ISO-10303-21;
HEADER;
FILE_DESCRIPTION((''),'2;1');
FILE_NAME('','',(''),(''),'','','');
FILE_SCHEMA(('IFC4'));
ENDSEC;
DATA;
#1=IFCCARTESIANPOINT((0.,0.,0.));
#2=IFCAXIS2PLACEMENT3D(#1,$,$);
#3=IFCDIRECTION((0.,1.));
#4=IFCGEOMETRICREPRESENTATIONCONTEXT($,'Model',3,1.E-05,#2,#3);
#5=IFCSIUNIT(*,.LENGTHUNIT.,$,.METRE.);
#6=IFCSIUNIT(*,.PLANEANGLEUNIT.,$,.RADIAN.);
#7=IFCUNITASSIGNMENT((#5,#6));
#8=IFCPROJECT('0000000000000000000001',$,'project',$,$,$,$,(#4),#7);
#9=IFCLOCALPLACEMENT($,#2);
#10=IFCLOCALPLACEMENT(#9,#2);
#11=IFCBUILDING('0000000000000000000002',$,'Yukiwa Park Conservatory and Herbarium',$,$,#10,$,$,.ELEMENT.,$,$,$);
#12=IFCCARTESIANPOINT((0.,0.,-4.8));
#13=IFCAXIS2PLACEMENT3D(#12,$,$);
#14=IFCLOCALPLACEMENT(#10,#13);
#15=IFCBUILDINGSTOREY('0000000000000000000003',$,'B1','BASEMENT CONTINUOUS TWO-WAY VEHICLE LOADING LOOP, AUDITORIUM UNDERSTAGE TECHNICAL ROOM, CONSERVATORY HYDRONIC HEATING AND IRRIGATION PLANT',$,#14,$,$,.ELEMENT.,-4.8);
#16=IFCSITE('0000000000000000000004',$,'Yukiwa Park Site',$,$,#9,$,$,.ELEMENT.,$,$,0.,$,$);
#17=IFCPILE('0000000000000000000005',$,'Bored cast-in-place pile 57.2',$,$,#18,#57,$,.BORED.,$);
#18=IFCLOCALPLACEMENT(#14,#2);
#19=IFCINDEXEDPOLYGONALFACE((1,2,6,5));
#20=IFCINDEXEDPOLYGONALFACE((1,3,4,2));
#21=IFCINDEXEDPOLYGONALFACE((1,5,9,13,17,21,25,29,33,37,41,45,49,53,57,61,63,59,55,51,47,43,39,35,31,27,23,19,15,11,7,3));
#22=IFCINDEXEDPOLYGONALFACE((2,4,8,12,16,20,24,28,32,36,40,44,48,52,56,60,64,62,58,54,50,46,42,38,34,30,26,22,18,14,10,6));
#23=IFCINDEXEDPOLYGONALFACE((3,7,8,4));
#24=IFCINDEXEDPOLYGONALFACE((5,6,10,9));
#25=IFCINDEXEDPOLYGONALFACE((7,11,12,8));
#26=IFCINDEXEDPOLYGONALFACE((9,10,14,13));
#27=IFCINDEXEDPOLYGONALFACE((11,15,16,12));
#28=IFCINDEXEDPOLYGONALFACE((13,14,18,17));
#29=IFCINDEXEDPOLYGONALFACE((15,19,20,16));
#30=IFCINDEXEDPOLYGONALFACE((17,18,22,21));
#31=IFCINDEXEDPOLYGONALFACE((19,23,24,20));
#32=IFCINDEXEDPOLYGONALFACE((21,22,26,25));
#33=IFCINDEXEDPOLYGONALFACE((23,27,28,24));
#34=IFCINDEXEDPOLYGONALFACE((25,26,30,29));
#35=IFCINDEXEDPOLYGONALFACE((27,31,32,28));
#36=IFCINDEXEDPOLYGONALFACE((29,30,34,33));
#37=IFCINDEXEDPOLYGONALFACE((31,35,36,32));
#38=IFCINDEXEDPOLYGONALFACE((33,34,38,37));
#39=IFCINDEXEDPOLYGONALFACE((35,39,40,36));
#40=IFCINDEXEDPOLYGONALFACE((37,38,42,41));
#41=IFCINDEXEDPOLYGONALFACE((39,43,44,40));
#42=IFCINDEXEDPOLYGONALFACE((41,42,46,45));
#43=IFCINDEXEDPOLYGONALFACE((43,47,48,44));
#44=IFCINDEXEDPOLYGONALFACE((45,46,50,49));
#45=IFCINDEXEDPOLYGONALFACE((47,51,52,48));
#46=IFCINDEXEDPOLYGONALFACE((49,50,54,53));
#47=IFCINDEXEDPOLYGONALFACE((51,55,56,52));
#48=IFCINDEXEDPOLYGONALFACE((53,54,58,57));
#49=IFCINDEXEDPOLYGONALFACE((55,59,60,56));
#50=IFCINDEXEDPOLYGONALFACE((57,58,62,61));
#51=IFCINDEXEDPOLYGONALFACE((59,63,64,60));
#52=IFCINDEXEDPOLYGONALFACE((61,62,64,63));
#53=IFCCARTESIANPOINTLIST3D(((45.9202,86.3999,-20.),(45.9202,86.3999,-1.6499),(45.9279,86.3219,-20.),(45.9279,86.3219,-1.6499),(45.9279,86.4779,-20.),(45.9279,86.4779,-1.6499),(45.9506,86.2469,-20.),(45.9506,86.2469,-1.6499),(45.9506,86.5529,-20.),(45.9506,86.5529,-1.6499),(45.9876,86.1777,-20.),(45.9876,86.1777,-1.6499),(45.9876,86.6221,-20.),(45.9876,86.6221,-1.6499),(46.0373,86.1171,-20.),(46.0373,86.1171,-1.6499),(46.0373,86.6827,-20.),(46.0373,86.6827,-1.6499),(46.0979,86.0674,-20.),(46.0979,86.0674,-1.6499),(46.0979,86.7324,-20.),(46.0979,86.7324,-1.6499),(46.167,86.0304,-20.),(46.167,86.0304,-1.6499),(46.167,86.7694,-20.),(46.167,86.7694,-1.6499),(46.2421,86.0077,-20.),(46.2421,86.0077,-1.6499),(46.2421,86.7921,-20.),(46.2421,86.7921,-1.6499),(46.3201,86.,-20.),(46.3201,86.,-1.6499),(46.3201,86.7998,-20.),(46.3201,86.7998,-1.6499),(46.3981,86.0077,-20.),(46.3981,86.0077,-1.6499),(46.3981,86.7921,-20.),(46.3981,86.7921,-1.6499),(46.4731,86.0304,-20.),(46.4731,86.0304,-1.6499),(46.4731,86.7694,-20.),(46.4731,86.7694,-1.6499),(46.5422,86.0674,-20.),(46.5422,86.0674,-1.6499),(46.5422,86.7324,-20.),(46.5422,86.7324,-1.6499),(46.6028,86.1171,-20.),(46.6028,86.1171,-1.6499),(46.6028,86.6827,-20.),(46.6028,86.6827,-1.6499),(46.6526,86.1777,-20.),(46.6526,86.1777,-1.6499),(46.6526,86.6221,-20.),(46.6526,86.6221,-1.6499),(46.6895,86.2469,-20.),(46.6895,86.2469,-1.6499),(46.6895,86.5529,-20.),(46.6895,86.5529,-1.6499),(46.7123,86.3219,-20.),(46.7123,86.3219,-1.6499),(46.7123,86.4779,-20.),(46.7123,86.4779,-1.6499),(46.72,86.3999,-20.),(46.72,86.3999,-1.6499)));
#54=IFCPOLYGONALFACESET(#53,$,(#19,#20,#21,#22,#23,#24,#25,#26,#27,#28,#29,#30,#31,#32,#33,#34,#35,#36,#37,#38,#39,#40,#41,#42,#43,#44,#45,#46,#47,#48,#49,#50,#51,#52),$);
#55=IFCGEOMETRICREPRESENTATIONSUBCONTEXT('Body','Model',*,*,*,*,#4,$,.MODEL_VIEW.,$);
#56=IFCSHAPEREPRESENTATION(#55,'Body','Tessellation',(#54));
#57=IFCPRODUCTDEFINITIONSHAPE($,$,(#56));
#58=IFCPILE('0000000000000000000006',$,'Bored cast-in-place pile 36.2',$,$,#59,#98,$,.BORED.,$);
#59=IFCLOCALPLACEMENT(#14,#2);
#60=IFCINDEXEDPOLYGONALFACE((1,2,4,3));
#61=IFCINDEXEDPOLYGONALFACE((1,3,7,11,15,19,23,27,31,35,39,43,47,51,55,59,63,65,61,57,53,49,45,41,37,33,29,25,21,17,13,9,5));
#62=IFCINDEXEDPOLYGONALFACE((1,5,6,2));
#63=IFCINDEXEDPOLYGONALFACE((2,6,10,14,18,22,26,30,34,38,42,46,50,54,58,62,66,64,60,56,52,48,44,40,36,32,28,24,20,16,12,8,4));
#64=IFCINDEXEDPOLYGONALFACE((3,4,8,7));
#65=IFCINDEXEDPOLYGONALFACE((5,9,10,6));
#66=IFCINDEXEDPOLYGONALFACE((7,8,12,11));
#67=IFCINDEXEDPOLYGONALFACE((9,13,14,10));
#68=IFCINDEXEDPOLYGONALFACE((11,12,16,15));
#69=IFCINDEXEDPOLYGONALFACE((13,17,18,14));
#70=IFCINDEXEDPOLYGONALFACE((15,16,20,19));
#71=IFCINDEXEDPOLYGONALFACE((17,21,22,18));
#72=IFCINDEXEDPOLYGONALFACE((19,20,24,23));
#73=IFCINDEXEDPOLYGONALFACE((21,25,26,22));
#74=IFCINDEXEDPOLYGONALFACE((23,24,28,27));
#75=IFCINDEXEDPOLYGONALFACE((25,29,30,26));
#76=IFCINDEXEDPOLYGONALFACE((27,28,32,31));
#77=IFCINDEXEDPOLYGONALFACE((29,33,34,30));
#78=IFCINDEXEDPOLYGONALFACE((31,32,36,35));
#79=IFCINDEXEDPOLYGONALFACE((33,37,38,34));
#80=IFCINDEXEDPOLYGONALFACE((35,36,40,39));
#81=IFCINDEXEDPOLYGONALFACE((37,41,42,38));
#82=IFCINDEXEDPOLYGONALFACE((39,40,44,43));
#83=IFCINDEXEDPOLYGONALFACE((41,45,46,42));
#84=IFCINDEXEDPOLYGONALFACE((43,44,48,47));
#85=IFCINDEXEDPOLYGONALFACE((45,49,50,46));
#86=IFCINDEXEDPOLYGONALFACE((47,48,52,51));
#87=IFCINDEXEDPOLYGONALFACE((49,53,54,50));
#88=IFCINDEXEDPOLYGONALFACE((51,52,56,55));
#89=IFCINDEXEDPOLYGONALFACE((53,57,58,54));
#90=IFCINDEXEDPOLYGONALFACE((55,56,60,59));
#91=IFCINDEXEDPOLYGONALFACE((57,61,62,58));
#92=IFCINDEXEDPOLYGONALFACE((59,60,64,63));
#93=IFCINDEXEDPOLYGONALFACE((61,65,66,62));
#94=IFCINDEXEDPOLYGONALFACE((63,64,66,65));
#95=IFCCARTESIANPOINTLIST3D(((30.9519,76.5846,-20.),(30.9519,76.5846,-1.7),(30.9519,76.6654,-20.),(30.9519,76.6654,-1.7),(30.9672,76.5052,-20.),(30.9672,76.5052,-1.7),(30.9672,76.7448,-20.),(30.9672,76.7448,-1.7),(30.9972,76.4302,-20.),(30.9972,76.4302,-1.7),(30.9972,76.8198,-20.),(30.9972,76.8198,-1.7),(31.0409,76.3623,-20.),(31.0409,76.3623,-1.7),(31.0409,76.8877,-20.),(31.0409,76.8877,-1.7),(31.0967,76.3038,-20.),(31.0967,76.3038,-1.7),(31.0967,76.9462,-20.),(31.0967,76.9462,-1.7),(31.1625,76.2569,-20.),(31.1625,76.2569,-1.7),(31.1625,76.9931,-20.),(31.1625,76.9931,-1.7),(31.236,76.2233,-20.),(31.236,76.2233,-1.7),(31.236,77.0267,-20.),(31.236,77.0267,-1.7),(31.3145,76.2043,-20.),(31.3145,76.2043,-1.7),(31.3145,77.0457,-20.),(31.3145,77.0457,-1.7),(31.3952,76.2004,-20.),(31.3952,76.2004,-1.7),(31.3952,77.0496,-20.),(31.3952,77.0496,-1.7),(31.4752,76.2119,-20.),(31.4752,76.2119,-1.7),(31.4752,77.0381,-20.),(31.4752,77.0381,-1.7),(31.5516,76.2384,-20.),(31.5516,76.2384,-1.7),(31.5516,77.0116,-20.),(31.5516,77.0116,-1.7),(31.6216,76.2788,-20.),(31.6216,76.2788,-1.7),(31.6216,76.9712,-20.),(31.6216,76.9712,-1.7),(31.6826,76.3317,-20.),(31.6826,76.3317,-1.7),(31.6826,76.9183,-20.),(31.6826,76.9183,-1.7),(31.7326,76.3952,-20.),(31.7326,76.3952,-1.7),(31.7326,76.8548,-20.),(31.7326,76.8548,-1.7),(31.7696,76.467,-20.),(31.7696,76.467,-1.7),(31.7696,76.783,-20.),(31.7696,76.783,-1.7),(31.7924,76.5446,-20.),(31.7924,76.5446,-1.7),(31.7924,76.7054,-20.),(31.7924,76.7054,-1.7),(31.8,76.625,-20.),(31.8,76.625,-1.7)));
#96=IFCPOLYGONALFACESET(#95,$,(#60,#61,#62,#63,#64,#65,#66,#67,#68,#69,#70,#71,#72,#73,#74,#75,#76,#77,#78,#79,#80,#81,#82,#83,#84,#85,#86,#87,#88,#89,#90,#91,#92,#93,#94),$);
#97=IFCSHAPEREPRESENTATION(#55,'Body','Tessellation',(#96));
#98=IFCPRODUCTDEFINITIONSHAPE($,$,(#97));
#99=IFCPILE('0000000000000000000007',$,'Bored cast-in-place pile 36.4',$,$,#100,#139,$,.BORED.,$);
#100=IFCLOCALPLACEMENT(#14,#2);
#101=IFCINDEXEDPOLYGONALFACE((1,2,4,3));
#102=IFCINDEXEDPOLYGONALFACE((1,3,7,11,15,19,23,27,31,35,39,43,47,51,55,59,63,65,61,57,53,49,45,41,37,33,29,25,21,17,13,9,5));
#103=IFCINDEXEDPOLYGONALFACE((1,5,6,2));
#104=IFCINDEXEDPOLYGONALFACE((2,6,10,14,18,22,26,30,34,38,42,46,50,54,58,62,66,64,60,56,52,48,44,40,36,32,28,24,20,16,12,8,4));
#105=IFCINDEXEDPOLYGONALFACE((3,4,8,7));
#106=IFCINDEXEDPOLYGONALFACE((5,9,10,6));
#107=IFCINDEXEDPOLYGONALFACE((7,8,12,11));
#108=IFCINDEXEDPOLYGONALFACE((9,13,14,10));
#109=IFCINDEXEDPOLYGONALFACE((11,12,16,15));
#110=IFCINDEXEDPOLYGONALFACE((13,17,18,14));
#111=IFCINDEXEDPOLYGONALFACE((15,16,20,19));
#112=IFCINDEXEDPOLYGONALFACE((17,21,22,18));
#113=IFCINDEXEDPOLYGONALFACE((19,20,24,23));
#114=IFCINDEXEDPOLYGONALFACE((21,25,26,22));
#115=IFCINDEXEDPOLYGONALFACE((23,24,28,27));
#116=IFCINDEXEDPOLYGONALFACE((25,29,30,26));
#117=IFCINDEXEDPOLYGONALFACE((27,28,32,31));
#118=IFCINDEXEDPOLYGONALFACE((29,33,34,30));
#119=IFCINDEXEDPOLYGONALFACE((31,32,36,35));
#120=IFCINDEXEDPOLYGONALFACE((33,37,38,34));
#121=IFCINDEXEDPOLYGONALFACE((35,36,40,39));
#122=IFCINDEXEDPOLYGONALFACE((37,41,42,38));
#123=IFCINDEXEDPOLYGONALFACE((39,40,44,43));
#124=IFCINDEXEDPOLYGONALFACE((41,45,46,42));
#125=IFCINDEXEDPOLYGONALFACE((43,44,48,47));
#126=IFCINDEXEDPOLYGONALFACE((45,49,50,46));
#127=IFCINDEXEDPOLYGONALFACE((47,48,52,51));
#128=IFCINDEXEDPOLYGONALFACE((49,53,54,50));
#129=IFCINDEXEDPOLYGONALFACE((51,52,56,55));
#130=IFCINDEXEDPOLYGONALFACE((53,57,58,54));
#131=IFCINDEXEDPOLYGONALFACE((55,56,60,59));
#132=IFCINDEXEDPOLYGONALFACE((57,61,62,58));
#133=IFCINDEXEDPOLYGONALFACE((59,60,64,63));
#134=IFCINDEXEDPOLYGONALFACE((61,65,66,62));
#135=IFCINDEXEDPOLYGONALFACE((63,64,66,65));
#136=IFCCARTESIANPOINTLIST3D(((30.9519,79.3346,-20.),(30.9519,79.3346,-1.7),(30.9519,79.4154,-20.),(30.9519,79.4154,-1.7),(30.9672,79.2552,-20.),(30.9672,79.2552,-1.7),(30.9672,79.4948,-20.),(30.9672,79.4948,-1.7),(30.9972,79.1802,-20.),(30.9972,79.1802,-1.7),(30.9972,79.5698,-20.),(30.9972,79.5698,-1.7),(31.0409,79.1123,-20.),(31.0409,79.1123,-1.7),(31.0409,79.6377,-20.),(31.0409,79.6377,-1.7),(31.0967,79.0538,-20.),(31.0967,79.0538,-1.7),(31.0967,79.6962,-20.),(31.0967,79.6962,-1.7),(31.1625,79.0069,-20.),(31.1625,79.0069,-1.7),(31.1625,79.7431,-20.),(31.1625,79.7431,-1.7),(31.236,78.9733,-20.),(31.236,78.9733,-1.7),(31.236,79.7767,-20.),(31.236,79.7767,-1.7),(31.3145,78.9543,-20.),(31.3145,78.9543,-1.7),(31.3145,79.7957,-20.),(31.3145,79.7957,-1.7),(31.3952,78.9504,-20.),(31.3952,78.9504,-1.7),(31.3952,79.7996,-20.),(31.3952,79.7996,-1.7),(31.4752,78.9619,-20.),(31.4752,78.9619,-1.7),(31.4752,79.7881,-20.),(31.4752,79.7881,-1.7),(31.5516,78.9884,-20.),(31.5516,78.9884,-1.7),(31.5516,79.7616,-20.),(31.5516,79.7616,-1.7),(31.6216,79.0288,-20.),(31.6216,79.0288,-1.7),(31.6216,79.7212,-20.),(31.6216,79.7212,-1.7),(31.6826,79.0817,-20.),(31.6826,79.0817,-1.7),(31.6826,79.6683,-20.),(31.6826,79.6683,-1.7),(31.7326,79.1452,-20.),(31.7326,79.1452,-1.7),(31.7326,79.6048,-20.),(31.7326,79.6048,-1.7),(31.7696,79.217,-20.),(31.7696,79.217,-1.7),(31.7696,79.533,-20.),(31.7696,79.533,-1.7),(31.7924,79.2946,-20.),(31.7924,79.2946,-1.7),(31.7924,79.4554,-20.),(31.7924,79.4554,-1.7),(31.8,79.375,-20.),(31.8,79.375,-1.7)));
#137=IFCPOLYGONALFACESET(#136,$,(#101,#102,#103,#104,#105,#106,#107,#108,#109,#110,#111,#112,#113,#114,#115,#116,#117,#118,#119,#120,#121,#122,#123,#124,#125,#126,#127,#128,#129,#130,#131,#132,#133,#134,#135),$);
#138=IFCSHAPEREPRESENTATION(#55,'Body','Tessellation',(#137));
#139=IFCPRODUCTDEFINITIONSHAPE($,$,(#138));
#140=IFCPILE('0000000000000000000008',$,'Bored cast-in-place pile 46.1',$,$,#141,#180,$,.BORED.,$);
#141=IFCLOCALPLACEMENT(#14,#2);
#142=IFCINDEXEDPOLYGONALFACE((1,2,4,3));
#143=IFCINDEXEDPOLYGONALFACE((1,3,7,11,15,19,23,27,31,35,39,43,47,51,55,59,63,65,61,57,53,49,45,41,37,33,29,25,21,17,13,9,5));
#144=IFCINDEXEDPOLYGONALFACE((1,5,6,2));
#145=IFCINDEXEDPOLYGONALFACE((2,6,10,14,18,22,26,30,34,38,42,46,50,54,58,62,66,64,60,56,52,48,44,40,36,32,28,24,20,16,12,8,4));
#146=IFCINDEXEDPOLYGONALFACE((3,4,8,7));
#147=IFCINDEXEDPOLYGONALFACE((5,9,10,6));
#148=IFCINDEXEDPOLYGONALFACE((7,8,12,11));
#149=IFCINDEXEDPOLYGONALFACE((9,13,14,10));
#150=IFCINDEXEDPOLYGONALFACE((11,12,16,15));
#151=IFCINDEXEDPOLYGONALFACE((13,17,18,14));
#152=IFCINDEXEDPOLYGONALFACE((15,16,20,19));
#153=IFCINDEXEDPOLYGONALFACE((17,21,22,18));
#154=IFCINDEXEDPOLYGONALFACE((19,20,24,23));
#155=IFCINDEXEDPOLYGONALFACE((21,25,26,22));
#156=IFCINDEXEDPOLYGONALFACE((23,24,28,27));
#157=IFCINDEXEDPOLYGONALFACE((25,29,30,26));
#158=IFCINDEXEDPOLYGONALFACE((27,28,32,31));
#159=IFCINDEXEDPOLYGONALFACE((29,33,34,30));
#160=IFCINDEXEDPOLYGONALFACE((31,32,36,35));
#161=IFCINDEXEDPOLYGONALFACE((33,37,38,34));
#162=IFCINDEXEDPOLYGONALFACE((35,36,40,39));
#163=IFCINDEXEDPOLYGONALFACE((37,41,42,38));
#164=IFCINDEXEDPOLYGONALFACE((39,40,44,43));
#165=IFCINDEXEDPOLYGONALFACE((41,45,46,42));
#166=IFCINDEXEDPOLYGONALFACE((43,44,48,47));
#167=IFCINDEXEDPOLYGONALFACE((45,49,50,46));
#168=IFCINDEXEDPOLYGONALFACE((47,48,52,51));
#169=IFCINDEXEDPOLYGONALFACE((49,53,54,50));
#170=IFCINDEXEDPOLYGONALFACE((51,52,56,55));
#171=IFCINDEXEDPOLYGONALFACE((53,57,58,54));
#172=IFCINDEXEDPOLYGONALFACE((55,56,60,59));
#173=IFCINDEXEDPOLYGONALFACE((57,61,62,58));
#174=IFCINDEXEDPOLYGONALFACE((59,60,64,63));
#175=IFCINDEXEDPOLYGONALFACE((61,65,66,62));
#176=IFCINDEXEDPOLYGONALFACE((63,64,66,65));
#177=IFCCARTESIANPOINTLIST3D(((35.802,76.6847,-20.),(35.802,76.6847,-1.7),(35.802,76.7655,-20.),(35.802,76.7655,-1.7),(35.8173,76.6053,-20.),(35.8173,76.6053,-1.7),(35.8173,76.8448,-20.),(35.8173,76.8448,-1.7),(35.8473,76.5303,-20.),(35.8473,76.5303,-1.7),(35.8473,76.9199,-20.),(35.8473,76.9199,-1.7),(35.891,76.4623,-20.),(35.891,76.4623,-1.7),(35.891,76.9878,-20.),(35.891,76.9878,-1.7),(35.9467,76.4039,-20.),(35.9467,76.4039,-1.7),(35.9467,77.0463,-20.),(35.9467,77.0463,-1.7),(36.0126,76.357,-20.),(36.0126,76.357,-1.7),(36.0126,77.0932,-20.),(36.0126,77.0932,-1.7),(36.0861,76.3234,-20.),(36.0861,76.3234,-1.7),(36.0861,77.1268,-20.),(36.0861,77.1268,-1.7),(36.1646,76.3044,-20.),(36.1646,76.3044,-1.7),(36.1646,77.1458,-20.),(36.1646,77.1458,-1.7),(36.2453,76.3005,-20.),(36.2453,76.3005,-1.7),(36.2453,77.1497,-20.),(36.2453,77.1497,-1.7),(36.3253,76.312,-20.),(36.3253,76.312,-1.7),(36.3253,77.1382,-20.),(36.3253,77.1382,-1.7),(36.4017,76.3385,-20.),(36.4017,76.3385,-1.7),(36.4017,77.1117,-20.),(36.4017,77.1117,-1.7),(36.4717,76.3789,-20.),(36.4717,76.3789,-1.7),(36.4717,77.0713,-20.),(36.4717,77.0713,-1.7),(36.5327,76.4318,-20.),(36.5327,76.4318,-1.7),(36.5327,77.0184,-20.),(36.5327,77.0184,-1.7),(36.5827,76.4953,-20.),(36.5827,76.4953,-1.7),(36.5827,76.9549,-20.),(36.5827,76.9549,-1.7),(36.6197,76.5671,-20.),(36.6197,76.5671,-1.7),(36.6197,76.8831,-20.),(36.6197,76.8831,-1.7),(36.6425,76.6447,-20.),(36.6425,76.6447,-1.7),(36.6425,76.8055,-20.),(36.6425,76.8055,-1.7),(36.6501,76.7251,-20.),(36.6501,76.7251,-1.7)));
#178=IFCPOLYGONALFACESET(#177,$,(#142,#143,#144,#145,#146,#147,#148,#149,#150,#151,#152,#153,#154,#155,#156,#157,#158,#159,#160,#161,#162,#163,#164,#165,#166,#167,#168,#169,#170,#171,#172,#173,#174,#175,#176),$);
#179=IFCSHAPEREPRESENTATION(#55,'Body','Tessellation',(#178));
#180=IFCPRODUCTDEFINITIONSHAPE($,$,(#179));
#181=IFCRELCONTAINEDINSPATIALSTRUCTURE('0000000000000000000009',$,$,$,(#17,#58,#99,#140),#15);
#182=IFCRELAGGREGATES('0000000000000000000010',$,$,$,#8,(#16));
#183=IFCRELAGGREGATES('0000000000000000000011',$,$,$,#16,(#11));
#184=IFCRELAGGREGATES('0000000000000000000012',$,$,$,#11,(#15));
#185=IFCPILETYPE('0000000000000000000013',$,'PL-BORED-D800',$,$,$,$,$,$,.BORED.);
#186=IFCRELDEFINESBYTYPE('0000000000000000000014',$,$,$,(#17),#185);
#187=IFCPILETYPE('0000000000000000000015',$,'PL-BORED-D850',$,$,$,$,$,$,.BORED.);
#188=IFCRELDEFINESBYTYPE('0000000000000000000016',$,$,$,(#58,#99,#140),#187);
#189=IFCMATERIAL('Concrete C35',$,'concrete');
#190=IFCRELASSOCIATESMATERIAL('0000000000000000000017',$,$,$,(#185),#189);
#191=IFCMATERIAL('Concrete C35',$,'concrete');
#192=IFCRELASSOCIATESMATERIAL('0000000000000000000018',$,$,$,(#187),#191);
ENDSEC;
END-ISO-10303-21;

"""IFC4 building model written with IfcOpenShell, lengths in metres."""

from ifc_helpers import new_model, si_unit, direction, frame, origin, origin_2d, place, context, subcontext, project, spatial, circle, extrude, material, material_profile, profile_set, type_object, element, save


model = new_model("IFC4")

# Units and contexts
model_context = context("Model", 3, precision=1e-05, world=origin(), true_north=direction((0.0, 1.0)))
body_context = subcontext(model_context, "Body", "Model", "MODEL_VIEW")
ifc_project = project(units=[si_unit("LENGTHUNIT", "METRE"), si_unit("PLANEANGLEUNIT", "RADIAN")], contexts=[model_context])

# Site, building, storey
site_placement = place(None, origin())
site = spatial("IfcSite", under=ifc_project, at=site_placement, Name="Yukiwa Park Site", CompositionType="ELEMENT", RefElevation=0.0)
building_placement = place(site_placement, origin())
building = spatial("IfcBuilding", under=site, at=building_placement, Name="Yukiwa Park Conservatory and Herbarium", CompositionType="ELEMENT")
storey_placement = place(building_placement, frame((0.0, 0.0, -4.8)))
storey = spatial("IfcBuildingStorey", under=building, at=storey_placement, Name="B1", Description="BASEMENT CONTINUOUS TWO-WAY VEHICLE LOADING LOOP, AUDITORIUM UNDERSTAGE TECHNICAL ROOM, CONSERVATORY HYDRONIC HEATING AND IRRIGATION PLANT", CompositionType="ELEMENT", Elevation=-4.8)

# Piles
ifc_material_1 = material(Name="Concrete C35", Category="concrete")
ifc_material_profile_1 = material_profile(ifc_material_1, circle(Radius=0.3999, at=origin_2d()), Name="PILE D800")
ifc_profile_set_1 = profile_set([ifc_material_profile_1], Name="Concrete C35")
pile_type_1 = type_object("IfcPileType", Name="PL-BORED-D800", PredefinedType="BORED", material=ifc_profile_set_1)
for number, where, z_axis, x_axis, name in (
    (1, (46.3201, 86.3999, -1.6499), (0.0, 0.0, -1.0), (1.0, 0.0, 0.0), "Bored cast-in-place pile 57.2"),
):
    element("IfcPile", number, at=place(storey_placement, frame(where, z_axis=z_axis, x_axis=x_axis)), inside=storey, type_object=pile_type_1, Name=name, PredefinedType="BORED", context=body_context, shape_type="SweptSolid", body=[
        extrude(circle(Radius=0.3999, at=origin_2d()), origin(), (0.0, 0.0, 1.0), 18.3501),
    ])
ifc_material_2 = material(Name="Concrete C35", Category="concrete")
ifc_material_profile_2 = material_profile(ifc_material_2, circle(Radius=0.425, at=origin_2d()), Name="PILE D850")
ifc_profile_set_2 = profile_set([ifc_material_profile_2], Name="Concrete C35")
pile_type_2 = type_object("IfcPileType", Name="PL-BORED-D850", PredefinedType="BORED", material=ifc_profile_set_2)
for number, where, z_axis, x_axis, name in (
    (2, (31.375, 76.625, -1.7), (0.0, 0.0, -1.0), (1.0, 0.0, 0.0), "Bored cast-in-place pile 36.2"),
    (3, (31.375, 79.375, -1.7), (0.0, 0.0, -1.0), (1.0, 0.0, 0.0), "Bored cast-in-place pile 36.4"),
    (4, (36.2251, 76.7251, -1.7), (0.0, 0.0, -1.0), (1.0, 0.0, 0.0), "Bored cast-in-place pile 46.1"),
):
    element("IfcPile", number, at=place(storey_placement, frame(where, z_axis=z_axis, x_axis=x_axis)), inside=storey, type_object=pile_type_2, Name=name, PredefinedType="BORED", context=body_context, shape_type="SweptSolid", body=[
        extrude(circle(Radius=0.425, at=origin_2d()), origin(), (0.0, 0.0, 1.0), 18.3),
    ])

save(model, "model.ifc")
